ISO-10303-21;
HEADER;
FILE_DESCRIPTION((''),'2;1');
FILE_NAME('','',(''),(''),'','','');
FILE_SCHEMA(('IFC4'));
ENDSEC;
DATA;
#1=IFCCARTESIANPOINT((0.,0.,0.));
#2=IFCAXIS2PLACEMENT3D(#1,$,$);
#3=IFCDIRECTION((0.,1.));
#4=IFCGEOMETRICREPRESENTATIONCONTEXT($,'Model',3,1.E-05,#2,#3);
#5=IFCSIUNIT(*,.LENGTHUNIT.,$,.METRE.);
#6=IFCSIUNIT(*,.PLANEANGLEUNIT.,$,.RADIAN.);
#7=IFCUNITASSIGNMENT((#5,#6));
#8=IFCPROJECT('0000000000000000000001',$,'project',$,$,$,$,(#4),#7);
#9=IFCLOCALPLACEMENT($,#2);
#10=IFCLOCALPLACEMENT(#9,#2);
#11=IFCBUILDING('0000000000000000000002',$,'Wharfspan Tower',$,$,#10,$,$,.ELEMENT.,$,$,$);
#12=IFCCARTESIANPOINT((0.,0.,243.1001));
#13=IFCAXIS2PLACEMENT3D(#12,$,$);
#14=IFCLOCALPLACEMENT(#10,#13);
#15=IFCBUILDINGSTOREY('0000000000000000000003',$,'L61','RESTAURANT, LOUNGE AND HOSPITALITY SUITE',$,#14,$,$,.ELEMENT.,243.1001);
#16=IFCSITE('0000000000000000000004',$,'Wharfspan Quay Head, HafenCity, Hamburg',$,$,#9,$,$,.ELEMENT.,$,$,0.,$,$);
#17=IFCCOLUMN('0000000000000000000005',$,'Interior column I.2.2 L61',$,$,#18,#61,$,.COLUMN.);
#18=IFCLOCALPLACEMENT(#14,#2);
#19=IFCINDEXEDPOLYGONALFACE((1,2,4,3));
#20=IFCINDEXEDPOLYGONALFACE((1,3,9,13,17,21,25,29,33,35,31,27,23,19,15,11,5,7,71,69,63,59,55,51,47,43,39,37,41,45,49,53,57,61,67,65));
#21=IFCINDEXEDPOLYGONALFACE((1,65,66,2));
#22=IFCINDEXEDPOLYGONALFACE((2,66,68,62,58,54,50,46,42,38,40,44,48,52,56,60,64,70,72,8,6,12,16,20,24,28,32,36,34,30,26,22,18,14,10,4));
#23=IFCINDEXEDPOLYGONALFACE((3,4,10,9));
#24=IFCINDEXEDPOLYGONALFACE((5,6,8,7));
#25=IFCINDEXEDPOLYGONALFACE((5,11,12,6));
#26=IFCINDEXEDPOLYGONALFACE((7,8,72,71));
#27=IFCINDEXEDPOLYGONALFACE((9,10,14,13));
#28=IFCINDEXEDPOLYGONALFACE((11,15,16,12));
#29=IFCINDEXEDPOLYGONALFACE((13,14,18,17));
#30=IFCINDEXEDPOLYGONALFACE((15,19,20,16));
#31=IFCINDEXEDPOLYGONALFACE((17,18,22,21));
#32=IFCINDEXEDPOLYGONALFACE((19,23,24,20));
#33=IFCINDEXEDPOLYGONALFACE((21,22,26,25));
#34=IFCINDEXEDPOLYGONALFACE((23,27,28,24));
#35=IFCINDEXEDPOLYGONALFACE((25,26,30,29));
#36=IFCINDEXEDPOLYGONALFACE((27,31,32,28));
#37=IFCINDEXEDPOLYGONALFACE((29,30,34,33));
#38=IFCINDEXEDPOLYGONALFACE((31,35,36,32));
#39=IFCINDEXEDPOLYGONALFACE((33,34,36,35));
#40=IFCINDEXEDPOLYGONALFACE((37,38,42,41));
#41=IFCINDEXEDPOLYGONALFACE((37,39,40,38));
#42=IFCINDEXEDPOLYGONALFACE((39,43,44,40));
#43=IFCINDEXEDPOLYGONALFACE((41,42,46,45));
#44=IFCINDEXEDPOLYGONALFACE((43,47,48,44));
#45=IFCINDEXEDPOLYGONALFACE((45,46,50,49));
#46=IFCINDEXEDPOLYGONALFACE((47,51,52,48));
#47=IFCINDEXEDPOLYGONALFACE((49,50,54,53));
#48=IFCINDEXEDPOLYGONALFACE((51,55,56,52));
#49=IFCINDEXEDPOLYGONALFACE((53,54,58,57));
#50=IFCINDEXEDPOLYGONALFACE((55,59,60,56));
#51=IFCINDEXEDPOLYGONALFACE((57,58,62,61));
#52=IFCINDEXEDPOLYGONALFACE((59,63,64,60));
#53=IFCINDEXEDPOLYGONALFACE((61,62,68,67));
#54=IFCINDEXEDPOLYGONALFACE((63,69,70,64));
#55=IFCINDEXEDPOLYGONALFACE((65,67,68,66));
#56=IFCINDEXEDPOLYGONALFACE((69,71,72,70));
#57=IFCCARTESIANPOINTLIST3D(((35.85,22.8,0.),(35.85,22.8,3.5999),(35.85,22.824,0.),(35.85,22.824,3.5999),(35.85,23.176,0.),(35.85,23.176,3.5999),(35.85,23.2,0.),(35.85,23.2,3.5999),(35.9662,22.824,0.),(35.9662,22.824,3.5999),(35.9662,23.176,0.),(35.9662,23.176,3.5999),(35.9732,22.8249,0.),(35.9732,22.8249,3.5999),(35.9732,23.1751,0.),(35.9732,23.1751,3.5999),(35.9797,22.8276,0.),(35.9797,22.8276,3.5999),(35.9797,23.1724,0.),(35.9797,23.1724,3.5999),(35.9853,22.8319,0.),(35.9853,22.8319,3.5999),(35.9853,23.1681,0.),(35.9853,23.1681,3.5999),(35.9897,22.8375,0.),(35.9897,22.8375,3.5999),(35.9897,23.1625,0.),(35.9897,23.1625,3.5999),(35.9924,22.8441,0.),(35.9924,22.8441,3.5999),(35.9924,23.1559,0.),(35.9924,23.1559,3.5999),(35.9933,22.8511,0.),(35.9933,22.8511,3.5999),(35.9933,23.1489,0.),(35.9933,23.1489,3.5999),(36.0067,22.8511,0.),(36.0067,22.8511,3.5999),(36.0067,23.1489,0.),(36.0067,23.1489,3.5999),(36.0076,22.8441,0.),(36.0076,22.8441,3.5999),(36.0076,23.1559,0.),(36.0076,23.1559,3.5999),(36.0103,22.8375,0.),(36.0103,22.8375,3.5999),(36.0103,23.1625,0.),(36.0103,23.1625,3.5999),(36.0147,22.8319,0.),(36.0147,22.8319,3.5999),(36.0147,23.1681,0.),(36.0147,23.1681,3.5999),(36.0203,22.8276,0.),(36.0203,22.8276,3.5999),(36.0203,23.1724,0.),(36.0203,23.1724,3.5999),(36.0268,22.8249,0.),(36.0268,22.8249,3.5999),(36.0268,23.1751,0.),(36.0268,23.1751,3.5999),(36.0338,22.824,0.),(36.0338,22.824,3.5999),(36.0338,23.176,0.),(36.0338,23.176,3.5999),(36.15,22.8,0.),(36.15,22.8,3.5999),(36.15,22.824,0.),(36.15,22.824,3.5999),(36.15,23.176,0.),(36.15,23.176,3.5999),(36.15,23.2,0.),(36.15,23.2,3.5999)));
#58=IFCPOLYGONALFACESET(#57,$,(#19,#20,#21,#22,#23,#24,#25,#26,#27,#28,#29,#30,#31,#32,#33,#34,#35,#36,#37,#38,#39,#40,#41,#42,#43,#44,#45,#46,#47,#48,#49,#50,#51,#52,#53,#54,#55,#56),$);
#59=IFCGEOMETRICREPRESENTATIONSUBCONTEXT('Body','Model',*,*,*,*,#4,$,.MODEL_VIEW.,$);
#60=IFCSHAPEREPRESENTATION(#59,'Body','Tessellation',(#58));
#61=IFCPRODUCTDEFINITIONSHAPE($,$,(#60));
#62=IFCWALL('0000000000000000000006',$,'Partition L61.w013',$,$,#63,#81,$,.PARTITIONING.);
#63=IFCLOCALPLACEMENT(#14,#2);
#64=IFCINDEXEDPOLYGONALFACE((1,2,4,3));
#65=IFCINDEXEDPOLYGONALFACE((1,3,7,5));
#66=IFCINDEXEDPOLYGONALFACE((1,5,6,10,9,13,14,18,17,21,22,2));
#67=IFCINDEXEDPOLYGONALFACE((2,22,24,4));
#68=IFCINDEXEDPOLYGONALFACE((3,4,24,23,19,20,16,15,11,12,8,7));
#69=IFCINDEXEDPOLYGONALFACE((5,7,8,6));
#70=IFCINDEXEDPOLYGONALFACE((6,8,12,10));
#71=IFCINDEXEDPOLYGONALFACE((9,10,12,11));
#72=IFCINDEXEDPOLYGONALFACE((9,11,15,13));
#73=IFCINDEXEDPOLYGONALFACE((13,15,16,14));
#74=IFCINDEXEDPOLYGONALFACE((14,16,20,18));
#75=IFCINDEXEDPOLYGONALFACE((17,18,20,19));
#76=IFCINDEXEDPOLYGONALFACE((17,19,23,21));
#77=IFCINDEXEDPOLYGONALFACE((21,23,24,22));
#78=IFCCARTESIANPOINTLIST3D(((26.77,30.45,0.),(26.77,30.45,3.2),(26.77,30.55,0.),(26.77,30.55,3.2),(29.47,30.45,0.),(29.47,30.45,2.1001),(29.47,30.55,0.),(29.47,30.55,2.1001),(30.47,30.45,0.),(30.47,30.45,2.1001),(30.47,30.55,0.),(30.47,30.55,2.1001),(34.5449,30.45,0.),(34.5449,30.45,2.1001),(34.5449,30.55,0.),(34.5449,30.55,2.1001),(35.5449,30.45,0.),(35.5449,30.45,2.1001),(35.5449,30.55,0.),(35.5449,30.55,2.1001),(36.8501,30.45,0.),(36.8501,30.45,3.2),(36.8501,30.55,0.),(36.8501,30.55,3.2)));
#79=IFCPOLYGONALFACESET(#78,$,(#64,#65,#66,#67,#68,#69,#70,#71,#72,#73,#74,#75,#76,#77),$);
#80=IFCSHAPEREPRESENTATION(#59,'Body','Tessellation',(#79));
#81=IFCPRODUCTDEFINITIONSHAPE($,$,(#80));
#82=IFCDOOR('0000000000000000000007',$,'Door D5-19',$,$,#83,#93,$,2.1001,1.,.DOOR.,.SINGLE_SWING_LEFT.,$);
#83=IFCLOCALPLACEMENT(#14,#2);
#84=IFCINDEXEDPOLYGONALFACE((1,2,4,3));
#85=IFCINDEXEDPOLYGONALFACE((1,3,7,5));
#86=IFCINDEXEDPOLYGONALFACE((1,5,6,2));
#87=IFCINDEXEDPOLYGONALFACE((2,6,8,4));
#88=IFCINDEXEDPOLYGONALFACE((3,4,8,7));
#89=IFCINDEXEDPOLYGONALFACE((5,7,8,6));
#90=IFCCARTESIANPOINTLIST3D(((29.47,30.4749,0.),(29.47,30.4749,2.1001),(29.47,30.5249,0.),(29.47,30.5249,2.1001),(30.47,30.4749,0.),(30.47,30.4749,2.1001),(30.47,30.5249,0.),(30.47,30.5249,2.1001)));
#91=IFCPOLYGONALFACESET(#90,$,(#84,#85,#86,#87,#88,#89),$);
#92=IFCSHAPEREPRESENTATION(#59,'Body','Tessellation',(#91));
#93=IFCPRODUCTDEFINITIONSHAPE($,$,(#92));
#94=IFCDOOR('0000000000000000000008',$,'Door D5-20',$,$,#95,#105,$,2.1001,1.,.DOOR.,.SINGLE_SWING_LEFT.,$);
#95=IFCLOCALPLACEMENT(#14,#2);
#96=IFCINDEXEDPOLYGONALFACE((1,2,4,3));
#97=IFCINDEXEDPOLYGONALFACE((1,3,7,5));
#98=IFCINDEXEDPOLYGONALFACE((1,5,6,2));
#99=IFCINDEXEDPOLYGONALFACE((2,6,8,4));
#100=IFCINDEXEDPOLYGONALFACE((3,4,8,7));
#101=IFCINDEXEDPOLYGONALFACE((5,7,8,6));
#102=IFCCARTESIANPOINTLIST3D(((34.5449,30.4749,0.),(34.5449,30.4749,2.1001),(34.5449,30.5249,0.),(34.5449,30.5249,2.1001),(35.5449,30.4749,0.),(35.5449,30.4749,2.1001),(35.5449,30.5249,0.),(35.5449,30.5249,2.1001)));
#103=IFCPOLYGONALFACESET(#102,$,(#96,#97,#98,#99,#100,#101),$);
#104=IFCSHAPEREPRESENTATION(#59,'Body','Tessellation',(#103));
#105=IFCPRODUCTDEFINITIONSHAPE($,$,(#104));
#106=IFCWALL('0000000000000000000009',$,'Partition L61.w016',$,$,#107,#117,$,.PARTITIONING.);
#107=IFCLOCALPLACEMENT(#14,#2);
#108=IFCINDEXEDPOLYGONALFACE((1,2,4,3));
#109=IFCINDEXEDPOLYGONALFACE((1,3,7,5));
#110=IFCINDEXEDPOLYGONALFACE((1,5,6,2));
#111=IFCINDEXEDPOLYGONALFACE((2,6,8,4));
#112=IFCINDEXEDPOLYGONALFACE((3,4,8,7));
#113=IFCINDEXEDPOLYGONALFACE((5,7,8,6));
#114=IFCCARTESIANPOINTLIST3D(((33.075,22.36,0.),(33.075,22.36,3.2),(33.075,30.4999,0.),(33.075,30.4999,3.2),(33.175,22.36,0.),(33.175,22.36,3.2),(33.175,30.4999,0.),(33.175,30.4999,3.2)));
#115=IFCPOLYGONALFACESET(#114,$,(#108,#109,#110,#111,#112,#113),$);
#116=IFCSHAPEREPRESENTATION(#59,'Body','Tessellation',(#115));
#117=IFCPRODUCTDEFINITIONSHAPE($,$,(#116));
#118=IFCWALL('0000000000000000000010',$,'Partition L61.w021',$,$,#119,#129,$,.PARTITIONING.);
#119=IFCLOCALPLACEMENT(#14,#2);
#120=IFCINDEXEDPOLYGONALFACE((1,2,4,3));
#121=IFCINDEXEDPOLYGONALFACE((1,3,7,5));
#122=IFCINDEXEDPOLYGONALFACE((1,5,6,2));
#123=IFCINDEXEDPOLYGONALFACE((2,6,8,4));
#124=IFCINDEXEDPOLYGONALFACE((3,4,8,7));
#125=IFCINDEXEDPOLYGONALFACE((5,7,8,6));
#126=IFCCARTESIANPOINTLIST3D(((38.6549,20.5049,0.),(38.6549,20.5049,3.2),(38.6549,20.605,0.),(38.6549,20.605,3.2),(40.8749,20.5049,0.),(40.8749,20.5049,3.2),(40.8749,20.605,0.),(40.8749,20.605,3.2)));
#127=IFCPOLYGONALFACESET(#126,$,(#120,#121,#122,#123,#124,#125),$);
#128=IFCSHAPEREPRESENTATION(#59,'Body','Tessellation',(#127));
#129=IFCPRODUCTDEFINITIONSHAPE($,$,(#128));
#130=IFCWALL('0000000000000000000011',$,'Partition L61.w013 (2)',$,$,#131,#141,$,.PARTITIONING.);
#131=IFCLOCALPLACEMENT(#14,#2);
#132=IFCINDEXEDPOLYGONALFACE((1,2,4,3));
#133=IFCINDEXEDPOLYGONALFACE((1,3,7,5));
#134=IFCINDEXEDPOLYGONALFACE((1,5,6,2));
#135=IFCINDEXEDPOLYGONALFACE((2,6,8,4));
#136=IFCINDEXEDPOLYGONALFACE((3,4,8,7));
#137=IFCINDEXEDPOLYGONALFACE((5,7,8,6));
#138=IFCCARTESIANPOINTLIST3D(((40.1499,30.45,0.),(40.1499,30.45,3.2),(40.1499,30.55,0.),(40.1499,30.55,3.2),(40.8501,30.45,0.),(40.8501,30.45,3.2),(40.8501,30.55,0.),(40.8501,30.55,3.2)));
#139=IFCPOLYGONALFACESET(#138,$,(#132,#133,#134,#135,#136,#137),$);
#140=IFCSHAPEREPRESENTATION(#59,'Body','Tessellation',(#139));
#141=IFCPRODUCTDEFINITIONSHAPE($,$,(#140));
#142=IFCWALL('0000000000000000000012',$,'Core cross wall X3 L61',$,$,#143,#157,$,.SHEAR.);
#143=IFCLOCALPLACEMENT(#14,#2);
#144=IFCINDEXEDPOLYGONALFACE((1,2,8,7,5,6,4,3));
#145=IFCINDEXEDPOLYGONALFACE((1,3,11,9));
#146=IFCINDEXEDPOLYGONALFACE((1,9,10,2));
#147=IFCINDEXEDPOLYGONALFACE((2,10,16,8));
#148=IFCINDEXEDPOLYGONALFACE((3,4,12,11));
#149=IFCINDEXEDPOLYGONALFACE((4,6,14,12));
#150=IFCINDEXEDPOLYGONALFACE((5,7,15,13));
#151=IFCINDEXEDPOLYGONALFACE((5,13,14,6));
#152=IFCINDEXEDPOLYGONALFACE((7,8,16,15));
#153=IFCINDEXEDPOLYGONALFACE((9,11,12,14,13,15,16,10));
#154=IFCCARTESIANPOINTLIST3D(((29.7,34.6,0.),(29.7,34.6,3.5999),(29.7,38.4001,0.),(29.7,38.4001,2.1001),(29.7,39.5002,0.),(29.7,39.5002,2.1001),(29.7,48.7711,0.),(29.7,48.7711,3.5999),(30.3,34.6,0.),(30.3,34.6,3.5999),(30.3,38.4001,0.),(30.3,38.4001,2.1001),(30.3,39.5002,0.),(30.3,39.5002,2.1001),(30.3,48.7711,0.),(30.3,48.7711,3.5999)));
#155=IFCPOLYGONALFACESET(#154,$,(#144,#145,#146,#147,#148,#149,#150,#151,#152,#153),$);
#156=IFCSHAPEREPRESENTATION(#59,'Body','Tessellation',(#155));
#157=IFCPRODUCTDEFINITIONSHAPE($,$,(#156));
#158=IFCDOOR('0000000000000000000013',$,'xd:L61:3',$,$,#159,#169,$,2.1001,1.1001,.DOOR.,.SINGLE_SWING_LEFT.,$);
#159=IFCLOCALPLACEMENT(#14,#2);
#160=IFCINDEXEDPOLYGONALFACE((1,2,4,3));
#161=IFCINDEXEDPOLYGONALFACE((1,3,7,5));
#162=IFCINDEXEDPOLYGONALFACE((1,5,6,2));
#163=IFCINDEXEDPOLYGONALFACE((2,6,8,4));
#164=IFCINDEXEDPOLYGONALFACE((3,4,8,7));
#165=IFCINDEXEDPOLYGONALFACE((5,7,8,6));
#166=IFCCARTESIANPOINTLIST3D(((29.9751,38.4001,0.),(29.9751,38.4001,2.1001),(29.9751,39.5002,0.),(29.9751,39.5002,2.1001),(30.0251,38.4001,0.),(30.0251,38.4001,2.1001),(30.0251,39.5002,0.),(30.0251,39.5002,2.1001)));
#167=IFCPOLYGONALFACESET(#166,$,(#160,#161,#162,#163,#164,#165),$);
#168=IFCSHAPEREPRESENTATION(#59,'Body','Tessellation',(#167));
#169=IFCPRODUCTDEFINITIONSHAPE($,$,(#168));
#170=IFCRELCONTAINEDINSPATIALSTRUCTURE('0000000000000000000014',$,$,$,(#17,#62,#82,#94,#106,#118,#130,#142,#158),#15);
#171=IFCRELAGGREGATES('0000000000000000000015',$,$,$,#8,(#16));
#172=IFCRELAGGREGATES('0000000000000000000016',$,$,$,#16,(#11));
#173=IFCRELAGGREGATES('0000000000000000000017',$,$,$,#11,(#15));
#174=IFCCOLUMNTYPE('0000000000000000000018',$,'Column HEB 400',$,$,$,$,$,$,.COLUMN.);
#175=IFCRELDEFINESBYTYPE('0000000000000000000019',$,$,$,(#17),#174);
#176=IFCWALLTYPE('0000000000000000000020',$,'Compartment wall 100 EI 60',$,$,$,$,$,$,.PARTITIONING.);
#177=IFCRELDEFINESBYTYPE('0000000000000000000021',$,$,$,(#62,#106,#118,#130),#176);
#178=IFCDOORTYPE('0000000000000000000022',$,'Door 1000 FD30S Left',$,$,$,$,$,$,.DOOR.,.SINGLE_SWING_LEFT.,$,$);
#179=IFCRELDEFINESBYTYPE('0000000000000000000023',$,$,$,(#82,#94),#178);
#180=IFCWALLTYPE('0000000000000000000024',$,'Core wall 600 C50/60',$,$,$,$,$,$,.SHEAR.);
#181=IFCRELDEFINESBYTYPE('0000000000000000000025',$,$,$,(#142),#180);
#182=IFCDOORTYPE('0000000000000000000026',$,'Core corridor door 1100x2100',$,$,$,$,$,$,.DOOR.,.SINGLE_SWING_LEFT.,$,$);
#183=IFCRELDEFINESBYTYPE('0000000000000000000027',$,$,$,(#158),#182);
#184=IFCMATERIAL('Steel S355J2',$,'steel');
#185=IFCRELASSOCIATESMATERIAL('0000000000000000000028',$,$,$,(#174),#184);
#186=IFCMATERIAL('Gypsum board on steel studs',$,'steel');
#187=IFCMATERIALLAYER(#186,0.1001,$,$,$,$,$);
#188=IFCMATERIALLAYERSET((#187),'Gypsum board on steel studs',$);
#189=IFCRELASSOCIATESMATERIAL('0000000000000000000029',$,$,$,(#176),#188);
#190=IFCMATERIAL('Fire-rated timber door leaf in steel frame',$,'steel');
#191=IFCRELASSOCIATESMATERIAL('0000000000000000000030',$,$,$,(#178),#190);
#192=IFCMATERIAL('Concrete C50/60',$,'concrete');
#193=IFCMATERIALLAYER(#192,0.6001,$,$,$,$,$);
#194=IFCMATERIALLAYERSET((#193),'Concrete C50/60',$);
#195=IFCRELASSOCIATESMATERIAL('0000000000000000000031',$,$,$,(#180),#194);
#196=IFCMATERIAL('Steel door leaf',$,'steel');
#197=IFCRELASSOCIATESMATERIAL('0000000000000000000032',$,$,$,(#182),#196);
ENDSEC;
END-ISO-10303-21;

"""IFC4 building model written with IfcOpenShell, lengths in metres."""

from ifc_helpers import new_model, si_unit, direction, frame, frame_2d, origin, origin_2d, place, context, subcontext, project, spatial, rectangle, i_section, extrude, material, layer, layer_set, material_profile, profile_set, type_object, element, fill, save


model = new_model("IFC4")

# Units and contexts
model_context = context("Model", 3, precision=1e-05, world=origin(), true_north=direction((0.0, 1.0)))
body_context = subcontext(model_context, "Body", "Model", "MODEL_VIEW")
ifc_project = project(units=[si_unit("LENGTHUNIT", "METRE"), si_unit("PLANEANGLEUNIT", "RADIAN")], contexts=[model_context])

# Site, building, storey
site_placement = place(None, origin())
site = spatial("IfcSite", under=ifc_project, at=site_placement, Name="Wharfspan Quay Head, HafenCity, Hamburg", CompositionType="ELEMENT", RefElevation=0.0)
building_placement = place(site_placement, origin())
building = spatial("IfcBuilding", under=site, at=building_placement, Name="Wharfspan Tower", CompositionType="ELEMENT")
storey_placement = place(building_placement, frame((0.0, 0.0, 243.1001)))
storey = spatial("IfcBuildingStorey", under=building, at=storey_placement, Name="L61", Description="RESTAURANT, LOUNGE AND HOSPITALITY SUITE", CompositionType="ELEMENT", Elevation=243.1001)

# Column
ifc_material_1 = material(Name="Steel S355J2", Category="steel")
ifc_material_profile = material_profile(ifc_material_1, i_section(OverallWidth=0.3, OverallDepth=0.3999, WebThickness=0.0134, FlangeThickness=0.0239, FilletRadius=0.0271, at=origin_2d()))
ifc_profile_set = profile_set([ifc_material_profile], Name="Steel S355J2")
column_type = type_object("IfcColumnType", Name="Column HEB 400", PredefinedType="COLUMN", material=ifc_profile_set)
column_placement = place(storey_placement, frame((36.0, 23.0, 0.0), z_axis=(0.0, 0.0, 1.0), x_axis=(1.0, 0.0, 0.0)))
element("IfcColumn", 1, at=column_placement, inside=storey, type_object=column_type, Name="Interior column I.2.2 L61", PredefinedType="COLUMN", context=body_context, shape_type="SweptSolid", body=[
    extrude(i_section(OverallWidth=0.3, OverallDepth=0.3999, WebThickness=0.0134, FlangeThickness=0.0239, FilletRadius=0.0271, at=origin_2d()), origin(), (0.0, 0.0, 1.0), 3.5999),
])

# Wall, openings, doors
ifc_material_2 = material(Name="Gypsum board on steel studs", Category="steel")
ifc_layer_1 = layer(ifc_material_2, 0.1001)
ifc_layer_set_1 = layer_set([ifc_layer_1], Name="Gypsum board on steel studs")
wall_type_1 = type_object("IfcWallType", Name="Compartment wall 100 EI 60", PredefinedType="PARTITIONING", material=ifc_layer_set_1)
wall_1_placement = place(storey_placement, frame((26.77, 30.5, 0.0), z_axis=(0.0, 0.0, 1.0), x_axis=(1.0, 0.0, 0.0)))
wall_1 = element("IfcWall", 2, at=wall_1_placement, inside=storey, type_object=wall_type_1, Name="Partition L61.w013", PredefinedType="PARTITIONING", context=body_context, shape_type="SweptSolid", body=[
    extrude(rectangle(XDim=10.0801, YDim=0.1001, at=frame_2d((5.04, 0.0))), origin(), (0.0, 0.0, 1.0), 3.2),
])
opening_1_placement = place(wall_1_placement, frame((2.7, 0.0, 0.0)))
opening_1 = element("IfcOpeningElement", 3, at=opening_1_placement, cuts=wall_1, PredefinedType="OPENING", context=body_context, shape_type="SweptSolid", body=[
    extrude(rectangle(XDim=1.0, YDim=2.1001, at=frame_2d((0.5, 1.05))), frame((0.0, 0.0601, 0.0), z_axis=(0.0, -1.0, 0.0), x_axis=(1.0, 0.0, 0.0)), (0.0, 0.0, 1.0), 0.1201),
])
opening_2_placement = place(wall_1_placement, frame((7.7749, 0.0, 0.0)))
opening_2 = element("IfcOpeningElement", 4, at=opening_2_placement, cuts=wall_1, PredefinedType="OPENING", context=body_context, shape_type="SweptSolid", body=[
    extrude(rectangle(XDim=1.0, YDim=2.1001, at=frame_2d((0.5, 1.05))), frame((0.0, 0.0601, 0.0), z_axis=(0.0, -1.0, 0.0), x_axis=(1.0, 0.0, 0.0)), (0.0, 0.0, 1.0), 0.1201),
])
ifc_material_3 = material(Name="Fire-rated timber door leaf in steel frame", Category="steel")
door_type_1 = type_object("IfcDoorType", Name="Door 1000 FD30S Left", OperationType="SINGLE_SWING_LEFT", PredefinedType="DOOR", material=ifc_material_3)
door_1_placement = place(opening_1_placement, origin())
door_1 = element("IfcDoor", 5, at=door_1_placement, inside=storey, type_object=door_type_1, Name="Door D5-19", OperationType="SINGLE_SWING_LEFT", OverallHeight=2.1001, OverallWidth=1.0, PredefinedType="DOOR", context=body_context, shape_type="SweptSolid", body=[
    extrude(rectangle(XDim=1.0, YDim=2.1001, at=frame_2d((0.5, 1.05))), frame((0.0, 0.0249, 0.0), z_axis=(0.0, -1.0, 0.0), x_axis=(1.0, 0.0, 0.0)), (0.0, 0.0, 1.0), 0.05),
])
fill(opening_1, door_1)
door_2_placement = place(opening_2_placement, origin())
door_2 = element("IfcDoor", 6, at=door_2_placement, inside=storey, type_object=door_type_1, Name="Door D5-20", OperationType="SINGLE_SWING_LEFT", OverallHeight=2.1001, OverallWidth=1.0, PredefinedType="DOOR", context=body_context, shape_type="SweptSolid", body=[
    extrude(rectangle(XDim=1.0, YDim=2.1001, at=frame_2d((0.5, 1.05))), frame((0.0, 0.0249, 0.0), z_axis=(0.0, -1.0, 0.0), x_axis=(1.0, 0.0, 0.0)), (0.0, 0.0, 1.0), 0.05),
])
fill(opening_2, door_2)

# Walls
wall_2_placement = place(storey_placement, frame((33.125, 22.3601, 0.0), z_axis=(0.0, 0.0, 1.0), x_axis=(0.0, 1.0, 0.0)))
element("IfcWall", 7, at=wall_2_placement, inside=storey, type_object=wall_type_1, Name="Partition L61.w016", PredefinedType="PARTITIONING", context=body_context, shape_type="SweptSolid", body=[
    extrude(rectangle(XDim=8.1399, YDim=0.1001, at=frame_2d((4.0698, 0.0))), origin(), (0.0, 0.0, 1.0), 3.2),
])
wall_3_placement = place(storey_placement, frame((38.655, 20.5549, 0.0), z_axis=(0.0, 0.0, 1.0), x_axis=(1.0, 0.0, 0.0)))
element("IfcWall", 8, at=wall_3_placement, inside=storey, type_object=wall_type_1, Name="Partition L61.w021", PredefinedType="PARTITIONING", context=body_context, shape_type="SweptSolid", body=[
    extrude(rectangle(XDim=2.22, YDim=0.1001, at=frame_2d((1.1099, 0.0))), origin(), (0.0, 0.0, 1.0), 3.2),
])
wall_4_placement = place(storey_placement, frame((40.1499, 30.5, 0.0), z_axis=(0.0, 0.0, 1.0), x_axis=(1.0, 0.0, 0.0)))
element("IfcWall", 9, at=wall_4_placement, inside=storey, type_object=wall_type_1, Name="Partition L61.w013 (2)", PredefinedType="PARTITIONING", context=body_context, shape_type="SweptSolid", body=[
    extrude(rectangle(XDim=0.7002, YDim=0.1001, at=frame_2d((0.3501, 0.0))), origin(), (0.0, 0.0, 1.0), 3.2),
])

# Wall, opening, door
ifc_material_4 = material(Name="Concrete C50/60", Category="concrete")
ifc_layer_2 = layer(ifc_material_4, 0.6001)
ifc_layer_set_2 = layer_set([ifc_layer_2], Name="Concrete C50/60")
wall_type_2 = type_object("IfcWallType", Name="Core wall 600 C50/60", PredefinedType="SHEAR", material=ifc_layer_set_2)
wall_5_placement = place(storey_placement, frame((30.0, 34.6001, 0.0), z_axis=(0.0, 0.0, 1.0), x_axis=(0.0, 1.0, 0.0)))
wall_5 = element("IfcWall", 10, at=wall_5_placement, inside=storey, type_object=wall_type_2, Name="Core cross wall X3 L61", PredefinedType="SHEAR", context=body_context, shape_type="SweptSolid", body=[
    extrude(rectangle(XDim=14.1711, YDim=0.6001, at=frame_2d((7.0854, 0.0))), origin(), (0.0, 0.0, 1.0), 3.5999),
])
opening_3_placement = place(wall_5_placement, frame((3.8, 0.0, 0.0)))
opening_3 = element("IfcOpeningElement", 11, at=opening_3_placement, cuts=wall_5, PredefinedType="OPENING", context=body_context, shape_type="SweptSolid", body=[
    extrude(rectangle(XDim=1.1001, YDim=2.1001, at=frame_2d((0.55, 1.05))), frame((0.0, 0.3101, 0.0), z_axis=(0.0, -1.0, 0.0), x_axis=(1.0, 0.0, 0.0)), (0.0, 0.0, 1.0), 0.6201),
])
ifc_material_5 = material(Name="Steel door leaf", Category="steel")
door_type_2 = type_object("IfcDoorType", Name="Core corridor door 1100x2100", OperationType="SINGLE_SWING_LEFT", PredefinedType="DOOR", material=ifc_material_5)
door_3_placement = place(opening_3_placement, origin())
door_3 = element("IfcDoor", 12, at=door_3_placement, inside=storey, type_object=door_type_2, Name="xd:L61:3", OperationType="SINGLE_SWING_LEFT", OverallHeight=2.1001, OverallWidth=1.1001, PredefinedType="DOOR", context=body_context, shape_type="SweptSolid", body=[
    extrude(rectangle(XDim=1.1001, YDim=2.1001, at=frame_2d((0.55, 1.05))), frame((0.0, 0.0249, 0.0), z_axis=(0.0, -1.0, 0.0), x_axis=(1.0, 0.0, 0.0)), (0.0, 0.0, 1.0), 0.05),
])
fill(opening_3, door_3)

save(model, "model.ifc")
